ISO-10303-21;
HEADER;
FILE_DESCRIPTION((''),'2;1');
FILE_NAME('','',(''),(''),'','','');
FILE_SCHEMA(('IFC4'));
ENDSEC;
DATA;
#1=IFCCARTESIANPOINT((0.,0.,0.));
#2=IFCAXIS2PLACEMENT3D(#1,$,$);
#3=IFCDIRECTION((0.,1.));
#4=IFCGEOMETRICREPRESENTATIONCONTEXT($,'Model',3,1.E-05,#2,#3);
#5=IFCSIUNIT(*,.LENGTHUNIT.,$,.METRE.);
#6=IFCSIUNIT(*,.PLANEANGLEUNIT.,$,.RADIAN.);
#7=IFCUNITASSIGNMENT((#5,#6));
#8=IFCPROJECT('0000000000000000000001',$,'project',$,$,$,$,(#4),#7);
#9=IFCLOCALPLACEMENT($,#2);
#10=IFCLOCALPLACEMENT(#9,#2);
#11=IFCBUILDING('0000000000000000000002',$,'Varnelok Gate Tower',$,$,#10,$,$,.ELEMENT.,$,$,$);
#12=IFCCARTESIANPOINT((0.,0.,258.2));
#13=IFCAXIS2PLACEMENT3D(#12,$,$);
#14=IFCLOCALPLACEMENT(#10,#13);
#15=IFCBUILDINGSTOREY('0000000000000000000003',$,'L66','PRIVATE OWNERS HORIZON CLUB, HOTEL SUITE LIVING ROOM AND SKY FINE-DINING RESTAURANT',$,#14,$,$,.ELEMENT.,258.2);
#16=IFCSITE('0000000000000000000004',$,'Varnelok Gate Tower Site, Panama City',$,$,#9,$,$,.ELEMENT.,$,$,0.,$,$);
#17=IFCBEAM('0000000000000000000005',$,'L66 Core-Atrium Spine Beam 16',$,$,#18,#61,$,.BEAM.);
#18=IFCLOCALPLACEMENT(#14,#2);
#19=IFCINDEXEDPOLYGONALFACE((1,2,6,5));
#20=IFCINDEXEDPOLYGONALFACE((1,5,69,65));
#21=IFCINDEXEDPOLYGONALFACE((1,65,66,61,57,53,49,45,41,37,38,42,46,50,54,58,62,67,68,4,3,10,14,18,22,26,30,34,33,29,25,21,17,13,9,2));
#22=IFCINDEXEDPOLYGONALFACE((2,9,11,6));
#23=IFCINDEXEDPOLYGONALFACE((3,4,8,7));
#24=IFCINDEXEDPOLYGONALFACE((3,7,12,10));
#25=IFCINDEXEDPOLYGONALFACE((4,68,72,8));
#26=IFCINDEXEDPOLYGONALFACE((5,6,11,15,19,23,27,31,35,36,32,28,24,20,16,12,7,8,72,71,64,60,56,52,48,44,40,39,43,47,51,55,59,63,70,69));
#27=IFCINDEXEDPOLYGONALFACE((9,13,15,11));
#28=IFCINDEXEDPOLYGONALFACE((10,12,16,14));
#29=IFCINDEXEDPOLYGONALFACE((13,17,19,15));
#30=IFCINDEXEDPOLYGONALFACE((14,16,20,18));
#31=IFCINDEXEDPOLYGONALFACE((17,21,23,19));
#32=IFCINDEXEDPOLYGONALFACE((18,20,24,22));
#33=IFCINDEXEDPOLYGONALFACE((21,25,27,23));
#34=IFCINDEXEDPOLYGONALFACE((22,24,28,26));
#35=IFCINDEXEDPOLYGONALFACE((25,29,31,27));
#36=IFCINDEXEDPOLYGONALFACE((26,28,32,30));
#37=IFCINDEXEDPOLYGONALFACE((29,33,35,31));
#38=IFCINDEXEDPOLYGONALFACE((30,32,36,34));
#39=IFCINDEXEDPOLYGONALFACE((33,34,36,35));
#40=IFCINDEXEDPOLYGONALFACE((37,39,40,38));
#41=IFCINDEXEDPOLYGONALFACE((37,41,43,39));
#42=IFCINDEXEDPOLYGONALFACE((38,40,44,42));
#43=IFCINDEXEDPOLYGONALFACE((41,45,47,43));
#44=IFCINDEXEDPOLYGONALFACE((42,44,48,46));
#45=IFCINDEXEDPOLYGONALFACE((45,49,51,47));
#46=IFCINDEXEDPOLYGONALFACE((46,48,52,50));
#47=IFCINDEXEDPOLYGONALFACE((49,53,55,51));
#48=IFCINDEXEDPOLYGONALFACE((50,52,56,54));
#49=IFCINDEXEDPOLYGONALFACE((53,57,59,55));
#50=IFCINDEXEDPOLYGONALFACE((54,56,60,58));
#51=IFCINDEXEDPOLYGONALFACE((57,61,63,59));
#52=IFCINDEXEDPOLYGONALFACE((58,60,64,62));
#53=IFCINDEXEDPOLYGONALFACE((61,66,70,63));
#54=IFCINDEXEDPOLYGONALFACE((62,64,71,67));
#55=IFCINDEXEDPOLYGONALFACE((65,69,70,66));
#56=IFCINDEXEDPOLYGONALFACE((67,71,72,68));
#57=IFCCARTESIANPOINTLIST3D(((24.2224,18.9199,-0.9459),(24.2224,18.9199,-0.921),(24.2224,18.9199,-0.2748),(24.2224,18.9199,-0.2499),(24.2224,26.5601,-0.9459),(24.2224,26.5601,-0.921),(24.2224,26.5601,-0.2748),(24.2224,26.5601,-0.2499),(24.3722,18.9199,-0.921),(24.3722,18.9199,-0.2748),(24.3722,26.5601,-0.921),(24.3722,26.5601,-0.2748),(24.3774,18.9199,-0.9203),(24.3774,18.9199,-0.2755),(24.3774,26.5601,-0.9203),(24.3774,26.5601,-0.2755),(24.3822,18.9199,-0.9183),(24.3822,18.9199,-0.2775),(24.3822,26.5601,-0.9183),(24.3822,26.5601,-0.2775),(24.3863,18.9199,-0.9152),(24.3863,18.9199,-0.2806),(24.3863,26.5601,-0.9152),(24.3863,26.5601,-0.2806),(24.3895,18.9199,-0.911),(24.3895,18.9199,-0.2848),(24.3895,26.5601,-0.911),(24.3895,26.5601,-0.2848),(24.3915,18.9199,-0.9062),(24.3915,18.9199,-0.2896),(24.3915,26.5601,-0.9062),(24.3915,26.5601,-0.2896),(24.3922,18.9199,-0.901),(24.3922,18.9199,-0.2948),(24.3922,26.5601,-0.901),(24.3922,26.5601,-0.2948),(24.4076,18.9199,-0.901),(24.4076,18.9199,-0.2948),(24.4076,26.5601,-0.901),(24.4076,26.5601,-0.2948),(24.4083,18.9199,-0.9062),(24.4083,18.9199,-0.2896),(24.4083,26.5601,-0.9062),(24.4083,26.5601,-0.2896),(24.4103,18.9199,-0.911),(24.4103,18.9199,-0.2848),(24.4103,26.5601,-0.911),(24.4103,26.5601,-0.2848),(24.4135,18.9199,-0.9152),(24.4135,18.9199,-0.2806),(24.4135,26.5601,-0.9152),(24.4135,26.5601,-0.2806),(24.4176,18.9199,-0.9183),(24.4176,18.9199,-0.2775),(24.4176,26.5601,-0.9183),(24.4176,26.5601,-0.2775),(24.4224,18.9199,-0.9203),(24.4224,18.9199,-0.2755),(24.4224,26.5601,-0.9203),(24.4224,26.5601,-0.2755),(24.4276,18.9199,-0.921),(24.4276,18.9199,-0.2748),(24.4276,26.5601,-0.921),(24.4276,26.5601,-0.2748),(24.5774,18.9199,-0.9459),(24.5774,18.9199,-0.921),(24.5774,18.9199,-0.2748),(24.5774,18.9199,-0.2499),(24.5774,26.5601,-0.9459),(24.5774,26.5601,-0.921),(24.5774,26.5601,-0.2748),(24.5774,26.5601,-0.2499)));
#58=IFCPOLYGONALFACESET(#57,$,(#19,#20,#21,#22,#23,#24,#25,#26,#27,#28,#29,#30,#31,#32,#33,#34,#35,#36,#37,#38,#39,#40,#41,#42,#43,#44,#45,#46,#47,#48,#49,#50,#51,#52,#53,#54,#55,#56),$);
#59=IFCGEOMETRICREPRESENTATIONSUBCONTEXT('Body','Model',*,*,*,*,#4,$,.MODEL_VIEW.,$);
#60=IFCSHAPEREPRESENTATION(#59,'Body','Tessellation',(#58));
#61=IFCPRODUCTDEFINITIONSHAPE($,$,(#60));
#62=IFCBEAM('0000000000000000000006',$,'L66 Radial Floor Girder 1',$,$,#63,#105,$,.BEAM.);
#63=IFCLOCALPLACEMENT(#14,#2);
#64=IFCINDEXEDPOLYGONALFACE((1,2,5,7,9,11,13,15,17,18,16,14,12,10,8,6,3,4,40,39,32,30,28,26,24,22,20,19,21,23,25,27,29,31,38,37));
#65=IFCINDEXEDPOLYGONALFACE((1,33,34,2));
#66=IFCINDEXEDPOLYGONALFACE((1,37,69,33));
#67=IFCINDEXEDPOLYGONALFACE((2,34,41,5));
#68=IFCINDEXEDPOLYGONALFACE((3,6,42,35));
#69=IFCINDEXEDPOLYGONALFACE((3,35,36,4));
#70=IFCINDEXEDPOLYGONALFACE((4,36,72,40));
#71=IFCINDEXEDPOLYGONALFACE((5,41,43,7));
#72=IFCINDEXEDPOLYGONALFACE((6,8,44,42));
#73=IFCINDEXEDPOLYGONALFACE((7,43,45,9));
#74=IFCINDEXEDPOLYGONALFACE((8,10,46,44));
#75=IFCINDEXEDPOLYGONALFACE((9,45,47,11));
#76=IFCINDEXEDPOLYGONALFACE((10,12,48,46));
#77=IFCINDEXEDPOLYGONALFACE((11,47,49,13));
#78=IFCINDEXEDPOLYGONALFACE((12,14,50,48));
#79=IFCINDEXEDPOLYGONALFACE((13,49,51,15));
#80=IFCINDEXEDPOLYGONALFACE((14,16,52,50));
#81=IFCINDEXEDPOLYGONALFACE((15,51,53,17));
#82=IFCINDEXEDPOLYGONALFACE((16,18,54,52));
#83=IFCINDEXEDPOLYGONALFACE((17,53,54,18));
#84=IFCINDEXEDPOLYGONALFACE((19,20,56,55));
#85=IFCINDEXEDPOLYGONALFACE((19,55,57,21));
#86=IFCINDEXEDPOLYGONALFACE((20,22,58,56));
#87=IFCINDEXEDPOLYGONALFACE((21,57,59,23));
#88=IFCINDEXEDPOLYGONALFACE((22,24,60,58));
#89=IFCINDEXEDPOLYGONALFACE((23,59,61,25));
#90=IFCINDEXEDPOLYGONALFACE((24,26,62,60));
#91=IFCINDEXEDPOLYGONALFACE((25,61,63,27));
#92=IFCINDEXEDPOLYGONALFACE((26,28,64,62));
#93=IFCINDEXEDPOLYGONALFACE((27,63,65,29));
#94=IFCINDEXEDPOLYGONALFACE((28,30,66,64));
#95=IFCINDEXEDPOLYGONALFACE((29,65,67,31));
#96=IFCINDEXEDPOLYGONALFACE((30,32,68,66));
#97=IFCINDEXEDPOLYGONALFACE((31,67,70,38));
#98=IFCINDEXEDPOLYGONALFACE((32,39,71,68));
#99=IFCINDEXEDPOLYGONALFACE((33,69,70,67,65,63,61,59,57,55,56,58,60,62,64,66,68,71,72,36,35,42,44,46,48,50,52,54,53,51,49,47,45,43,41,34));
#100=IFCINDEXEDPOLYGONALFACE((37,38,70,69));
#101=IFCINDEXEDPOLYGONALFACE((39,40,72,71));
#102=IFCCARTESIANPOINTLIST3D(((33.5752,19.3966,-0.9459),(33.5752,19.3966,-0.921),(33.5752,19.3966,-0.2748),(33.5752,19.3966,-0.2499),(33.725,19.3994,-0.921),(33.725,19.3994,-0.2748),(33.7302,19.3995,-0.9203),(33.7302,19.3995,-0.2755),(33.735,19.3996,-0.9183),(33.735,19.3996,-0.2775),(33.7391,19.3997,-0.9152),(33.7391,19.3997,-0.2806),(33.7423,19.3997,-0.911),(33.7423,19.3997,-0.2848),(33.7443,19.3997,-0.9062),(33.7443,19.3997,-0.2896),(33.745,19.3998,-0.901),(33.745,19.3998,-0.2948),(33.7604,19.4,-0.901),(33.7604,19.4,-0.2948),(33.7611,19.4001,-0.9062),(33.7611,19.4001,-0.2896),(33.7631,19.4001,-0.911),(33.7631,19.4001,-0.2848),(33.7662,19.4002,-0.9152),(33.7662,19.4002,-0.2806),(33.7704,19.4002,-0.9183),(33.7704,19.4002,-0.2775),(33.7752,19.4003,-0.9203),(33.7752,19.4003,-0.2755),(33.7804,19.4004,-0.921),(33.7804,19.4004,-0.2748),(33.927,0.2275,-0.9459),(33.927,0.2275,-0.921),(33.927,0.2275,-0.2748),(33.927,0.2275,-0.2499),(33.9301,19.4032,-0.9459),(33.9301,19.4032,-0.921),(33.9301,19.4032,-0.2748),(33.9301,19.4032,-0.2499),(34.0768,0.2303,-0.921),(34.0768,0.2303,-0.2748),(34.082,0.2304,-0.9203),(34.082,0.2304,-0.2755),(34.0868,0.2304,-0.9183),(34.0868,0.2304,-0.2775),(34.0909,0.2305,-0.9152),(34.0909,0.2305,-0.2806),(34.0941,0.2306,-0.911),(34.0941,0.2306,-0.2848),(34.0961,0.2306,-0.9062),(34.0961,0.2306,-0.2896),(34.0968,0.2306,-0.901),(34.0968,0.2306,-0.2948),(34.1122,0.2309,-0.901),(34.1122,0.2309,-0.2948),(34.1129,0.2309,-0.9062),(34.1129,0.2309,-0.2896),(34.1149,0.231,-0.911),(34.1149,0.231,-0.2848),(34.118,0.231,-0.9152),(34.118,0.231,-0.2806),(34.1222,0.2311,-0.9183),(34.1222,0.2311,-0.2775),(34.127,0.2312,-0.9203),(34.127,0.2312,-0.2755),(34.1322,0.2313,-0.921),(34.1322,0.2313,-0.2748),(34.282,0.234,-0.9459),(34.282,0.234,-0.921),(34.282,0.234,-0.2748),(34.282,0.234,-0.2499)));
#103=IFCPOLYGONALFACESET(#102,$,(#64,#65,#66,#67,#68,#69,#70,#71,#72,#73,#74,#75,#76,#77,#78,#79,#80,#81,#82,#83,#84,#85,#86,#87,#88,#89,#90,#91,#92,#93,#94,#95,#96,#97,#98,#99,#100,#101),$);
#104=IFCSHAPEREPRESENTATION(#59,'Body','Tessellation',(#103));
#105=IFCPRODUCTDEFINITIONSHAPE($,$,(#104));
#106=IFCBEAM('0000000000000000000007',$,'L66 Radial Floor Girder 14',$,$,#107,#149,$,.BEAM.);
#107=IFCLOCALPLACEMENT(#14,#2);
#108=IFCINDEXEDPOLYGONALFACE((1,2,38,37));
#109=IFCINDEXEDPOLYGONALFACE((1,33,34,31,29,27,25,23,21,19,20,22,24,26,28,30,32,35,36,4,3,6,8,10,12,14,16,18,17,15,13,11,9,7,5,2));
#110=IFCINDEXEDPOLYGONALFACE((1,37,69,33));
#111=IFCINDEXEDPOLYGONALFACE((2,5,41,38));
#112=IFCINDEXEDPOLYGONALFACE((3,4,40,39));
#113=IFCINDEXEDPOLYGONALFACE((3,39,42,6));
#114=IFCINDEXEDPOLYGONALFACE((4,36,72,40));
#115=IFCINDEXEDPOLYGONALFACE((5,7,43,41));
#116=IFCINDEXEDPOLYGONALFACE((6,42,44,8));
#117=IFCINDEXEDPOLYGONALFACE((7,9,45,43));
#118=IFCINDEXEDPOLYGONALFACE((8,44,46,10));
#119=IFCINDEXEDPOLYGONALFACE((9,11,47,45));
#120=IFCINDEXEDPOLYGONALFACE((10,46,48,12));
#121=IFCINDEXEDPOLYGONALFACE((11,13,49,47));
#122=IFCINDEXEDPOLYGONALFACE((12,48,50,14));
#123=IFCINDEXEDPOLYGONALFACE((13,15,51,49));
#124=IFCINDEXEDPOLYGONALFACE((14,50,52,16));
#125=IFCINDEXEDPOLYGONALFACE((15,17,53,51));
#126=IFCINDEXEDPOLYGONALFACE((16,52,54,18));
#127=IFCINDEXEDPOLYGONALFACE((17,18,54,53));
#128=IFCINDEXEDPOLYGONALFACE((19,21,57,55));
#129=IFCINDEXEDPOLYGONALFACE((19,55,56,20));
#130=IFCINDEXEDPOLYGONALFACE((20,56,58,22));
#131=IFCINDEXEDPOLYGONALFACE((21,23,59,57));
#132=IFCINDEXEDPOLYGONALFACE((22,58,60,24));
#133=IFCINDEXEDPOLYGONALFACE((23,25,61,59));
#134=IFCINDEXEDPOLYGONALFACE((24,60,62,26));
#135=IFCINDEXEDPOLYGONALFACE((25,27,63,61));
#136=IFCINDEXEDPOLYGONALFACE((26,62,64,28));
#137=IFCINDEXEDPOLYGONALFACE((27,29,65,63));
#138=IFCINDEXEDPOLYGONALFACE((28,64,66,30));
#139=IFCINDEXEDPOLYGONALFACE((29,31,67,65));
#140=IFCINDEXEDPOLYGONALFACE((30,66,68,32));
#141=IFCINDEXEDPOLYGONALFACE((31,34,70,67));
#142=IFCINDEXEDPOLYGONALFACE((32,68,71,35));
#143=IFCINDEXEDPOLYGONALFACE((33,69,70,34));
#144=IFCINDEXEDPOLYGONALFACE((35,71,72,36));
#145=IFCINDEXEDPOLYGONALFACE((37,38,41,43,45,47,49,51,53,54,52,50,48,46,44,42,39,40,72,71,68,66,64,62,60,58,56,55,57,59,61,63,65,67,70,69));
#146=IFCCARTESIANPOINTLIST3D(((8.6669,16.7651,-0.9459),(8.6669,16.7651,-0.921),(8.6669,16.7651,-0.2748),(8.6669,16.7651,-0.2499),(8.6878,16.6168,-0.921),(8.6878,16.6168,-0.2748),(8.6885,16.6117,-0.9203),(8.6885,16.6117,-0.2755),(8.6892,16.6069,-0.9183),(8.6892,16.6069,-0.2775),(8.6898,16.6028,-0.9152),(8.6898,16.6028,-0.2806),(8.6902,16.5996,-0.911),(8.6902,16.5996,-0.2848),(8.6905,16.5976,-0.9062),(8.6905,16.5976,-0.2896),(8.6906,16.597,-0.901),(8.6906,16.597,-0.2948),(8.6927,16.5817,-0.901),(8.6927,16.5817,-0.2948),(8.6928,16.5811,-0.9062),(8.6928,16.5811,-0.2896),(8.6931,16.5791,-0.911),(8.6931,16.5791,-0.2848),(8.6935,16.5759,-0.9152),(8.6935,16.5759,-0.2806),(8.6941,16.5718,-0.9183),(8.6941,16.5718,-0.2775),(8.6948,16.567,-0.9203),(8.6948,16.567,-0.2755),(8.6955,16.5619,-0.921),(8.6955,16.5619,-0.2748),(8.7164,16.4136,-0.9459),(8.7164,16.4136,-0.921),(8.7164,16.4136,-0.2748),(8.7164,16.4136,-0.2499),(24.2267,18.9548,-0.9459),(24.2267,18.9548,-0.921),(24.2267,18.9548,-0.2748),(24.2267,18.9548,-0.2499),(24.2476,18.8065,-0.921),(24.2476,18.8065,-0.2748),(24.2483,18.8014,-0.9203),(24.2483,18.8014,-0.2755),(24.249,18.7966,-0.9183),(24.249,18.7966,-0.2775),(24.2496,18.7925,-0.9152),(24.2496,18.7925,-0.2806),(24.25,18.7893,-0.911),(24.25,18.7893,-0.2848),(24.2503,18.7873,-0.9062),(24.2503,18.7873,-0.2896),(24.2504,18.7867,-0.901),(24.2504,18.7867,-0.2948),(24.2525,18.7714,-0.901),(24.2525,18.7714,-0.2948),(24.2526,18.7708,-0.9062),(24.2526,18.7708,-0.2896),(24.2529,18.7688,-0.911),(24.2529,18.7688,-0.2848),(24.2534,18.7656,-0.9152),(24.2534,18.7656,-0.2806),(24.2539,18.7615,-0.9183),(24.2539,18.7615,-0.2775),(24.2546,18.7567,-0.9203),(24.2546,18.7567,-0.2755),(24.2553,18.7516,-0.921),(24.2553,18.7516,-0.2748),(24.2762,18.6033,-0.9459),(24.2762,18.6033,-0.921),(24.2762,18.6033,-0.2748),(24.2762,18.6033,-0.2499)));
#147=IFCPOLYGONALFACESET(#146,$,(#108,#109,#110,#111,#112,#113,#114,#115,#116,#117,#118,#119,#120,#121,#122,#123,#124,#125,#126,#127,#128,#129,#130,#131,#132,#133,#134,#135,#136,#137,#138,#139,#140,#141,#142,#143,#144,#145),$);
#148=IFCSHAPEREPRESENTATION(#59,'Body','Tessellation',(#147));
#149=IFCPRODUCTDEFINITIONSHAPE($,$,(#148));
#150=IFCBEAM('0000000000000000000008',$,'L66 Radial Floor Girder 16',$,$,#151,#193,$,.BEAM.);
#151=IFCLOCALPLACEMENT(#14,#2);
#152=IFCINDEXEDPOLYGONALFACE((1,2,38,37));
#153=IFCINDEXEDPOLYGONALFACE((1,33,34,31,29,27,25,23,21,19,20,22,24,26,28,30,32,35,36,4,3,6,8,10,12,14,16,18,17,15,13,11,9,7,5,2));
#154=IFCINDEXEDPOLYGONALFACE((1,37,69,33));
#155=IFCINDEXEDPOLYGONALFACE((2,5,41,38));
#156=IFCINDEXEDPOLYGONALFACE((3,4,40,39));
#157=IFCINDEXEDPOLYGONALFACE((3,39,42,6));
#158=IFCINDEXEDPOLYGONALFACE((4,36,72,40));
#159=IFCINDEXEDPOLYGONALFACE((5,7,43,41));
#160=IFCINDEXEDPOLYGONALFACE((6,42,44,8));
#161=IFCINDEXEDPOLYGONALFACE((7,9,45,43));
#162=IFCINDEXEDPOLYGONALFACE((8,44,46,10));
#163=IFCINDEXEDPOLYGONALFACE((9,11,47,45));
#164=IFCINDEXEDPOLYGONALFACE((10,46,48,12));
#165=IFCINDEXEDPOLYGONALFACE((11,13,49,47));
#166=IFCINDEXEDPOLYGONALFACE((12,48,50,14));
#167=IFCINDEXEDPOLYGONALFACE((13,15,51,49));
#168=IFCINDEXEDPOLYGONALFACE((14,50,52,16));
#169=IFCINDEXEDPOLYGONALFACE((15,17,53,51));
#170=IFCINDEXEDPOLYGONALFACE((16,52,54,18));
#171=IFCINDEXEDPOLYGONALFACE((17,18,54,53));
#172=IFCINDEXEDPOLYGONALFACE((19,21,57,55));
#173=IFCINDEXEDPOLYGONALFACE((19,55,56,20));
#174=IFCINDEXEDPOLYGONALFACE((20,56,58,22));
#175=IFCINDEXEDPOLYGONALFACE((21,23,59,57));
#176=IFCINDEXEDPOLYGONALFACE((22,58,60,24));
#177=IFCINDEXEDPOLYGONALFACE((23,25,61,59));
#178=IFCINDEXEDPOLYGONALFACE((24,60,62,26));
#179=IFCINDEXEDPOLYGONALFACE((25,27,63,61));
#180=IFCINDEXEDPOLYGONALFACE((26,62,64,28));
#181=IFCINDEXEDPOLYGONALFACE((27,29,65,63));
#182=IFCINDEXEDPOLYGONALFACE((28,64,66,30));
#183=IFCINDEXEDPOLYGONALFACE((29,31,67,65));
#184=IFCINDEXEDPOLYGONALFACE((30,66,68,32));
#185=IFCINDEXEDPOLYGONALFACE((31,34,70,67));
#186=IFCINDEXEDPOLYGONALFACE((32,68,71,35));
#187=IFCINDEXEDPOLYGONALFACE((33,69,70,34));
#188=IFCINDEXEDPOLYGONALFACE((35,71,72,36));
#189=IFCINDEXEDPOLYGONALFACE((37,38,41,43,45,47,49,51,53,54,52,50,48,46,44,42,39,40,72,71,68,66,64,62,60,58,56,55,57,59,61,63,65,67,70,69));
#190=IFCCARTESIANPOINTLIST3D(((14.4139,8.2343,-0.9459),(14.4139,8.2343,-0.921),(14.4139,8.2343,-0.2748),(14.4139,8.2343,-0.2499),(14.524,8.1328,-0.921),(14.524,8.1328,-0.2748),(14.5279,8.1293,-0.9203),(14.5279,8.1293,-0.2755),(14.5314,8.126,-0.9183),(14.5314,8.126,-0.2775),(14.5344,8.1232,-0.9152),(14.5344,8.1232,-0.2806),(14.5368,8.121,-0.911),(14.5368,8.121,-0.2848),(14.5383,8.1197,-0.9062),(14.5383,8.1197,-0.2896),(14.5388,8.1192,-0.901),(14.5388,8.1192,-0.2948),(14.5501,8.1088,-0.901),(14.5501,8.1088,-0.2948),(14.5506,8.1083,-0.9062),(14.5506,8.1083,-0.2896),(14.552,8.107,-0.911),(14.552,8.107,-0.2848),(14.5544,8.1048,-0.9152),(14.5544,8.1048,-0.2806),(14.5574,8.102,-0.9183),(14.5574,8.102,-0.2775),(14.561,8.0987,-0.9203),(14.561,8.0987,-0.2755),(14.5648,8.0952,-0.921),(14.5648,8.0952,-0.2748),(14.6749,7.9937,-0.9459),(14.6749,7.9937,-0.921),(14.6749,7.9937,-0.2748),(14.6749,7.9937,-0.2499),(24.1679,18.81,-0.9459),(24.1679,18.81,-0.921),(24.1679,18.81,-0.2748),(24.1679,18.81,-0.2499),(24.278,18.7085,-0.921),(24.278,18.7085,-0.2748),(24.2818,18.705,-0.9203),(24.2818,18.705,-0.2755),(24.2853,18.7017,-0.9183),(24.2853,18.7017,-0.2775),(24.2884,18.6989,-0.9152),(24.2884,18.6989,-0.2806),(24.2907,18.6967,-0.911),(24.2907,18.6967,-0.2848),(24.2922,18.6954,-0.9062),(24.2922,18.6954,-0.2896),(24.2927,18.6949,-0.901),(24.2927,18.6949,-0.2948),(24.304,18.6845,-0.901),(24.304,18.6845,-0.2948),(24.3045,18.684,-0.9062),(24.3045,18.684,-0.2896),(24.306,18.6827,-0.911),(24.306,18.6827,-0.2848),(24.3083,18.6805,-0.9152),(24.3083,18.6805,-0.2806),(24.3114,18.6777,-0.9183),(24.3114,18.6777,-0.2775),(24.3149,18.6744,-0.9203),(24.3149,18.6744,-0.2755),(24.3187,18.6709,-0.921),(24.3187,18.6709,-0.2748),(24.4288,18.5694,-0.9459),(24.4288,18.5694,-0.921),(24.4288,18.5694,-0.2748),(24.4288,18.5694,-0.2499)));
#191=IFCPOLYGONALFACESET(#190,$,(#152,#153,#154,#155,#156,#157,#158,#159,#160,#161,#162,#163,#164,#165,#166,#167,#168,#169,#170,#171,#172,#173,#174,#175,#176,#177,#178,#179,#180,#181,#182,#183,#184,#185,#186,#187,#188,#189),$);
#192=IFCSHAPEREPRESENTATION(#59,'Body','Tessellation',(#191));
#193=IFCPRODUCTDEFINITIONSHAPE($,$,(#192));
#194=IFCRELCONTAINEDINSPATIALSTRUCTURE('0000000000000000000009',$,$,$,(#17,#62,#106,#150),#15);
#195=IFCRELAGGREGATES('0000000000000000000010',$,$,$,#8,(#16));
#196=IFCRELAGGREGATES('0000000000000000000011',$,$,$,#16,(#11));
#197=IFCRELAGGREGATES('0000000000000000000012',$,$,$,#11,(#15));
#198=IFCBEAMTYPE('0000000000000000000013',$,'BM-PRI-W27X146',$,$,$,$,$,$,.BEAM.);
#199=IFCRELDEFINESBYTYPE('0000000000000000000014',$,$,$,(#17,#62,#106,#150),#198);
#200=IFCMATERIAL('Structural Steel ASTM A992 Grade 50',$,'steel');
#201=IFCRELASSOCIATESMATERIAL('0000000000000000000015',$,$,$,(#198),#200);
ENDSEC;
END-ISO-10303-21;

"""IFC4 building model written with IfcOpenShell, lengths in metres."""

from ifc_helpers import new_model, si_unit, direction, frame, origin, origin_2d, place, context, subcontext, project, spatial, i_section, extrude, material, material_profile, profile_set, type_object, element, save


model = new_model("IFC4")

# Units and contexts
model_context = context("Model", 3, precision=1e-05, world=origin(), true_north=direction((0.0, 1.0)))
body_context = subcontext(model_context, "Body", "Model", "MODEL_VIEW")
ifc_project = project(units=[si_unit("LENGTHUNIT", "METRE"), si_unit("PLANEANGLEUNIT", "RADIAN")], contexts=[model_context])

# Site, building, storey
site_placement = place(None, origin())
site = spatial("IfcSite", under=ifc_project, at=site_placement, Name="Varnelok Gate Tower Site, Panama City", CompositionType="ELEMENT", RefElevation=0.0)
building_placement = place(site_placement, origin())
building = spatial("IfcBuilding", under=site, at=building_placement, Name="Varnelok Gate Tower", CompositionType="ELEMENT")
storey_placement = place(building_placement, frame((0.0, 0.0, 258.2)))
storey = spatial("IfcBuildingStorey", under=building, at=storey_placement, Name="L66", Description="PRIVATE OWNERS HORIZON CLUB, HOTEL SUITE LIVING ROOM AND SKY FINE-DINING RESTAURANT", CompositionType="ELEMENT", Elevation=258.2)

# Shared definitions
ifc_material_1 = material(Name="Structural Steel ASTM A992 Grade 50", Category="steel")

# Beams
ifc_material_profile_1 = material_profile(ifc_material_1, i_section(OverallWidth=0.355, OverallDepth=0.696, WebThickness=0.0154, FlangeThickness=0.0249, FilletRadius=0.02, at=origin_2d()), Name="W27X146")
ifc_profile_set_1 = profile_set([ifc_material_profile_1], Name="Structural Steel ASTM A992 Grade 50")
beam_type_1 = type_object("IfcBeamType", Name="BM-PRI-W27X146", PredefinedType="BEAM", material=ifc_profile_set_1)
beam_1_placement = place(storey_placement, frame((24.3999, 18.9199, -0.5979), z_axis=(0.0, 1.0, 0.0), x_axis=(-1.0, 0.0, 0.0)))
element("IfcBeam", 1, at=beam_1_placement, inside=storey, type_object=beam_type_1, Name="L66 Core-Atrium Spine Beam 16", PredefinedType="BEAM", context=body_context, shape_type="SweptSolid", body=[
    extrude(i_section(OverallWidth=0.355, OverallDepth=0.696, WebThickness=0.0154, FlangeThickness=0.0249, FilletRadius=0.02, at=origin_2d()), origin(), (0.0, 0.0, 1.0), 7.6401),
])
beam_2_placement = place(storey_placement, frame((33.7527, 19.3999, -0.5979), z_axis=(0.01835, -0.999832, 0.0), x_axis=(0.999832, 0.01835, 0.0)))
element("IfcBeam", 2, at=beam_2_placement, inside=storey, type_object=beam_type_1, Name="L66 Radial Floor Girder 1", PredefinedType="BEAM", context=body_context, shape_type="SweptSolid", body=[
    extrude(i_section(OverallWidth=0.355, OverallDepth=0.696, WebThickness=0.0154, FlangeThickness=0.0249, FilletRadius=0.02, at=origin_2d()), origin(), (0.0, 0.0, 1.0), 19.1724),
])
beam_3_placement = place(storey_placement, frame((24.2515, 18.7791, -0.5979), z_axis=(-0.990243, -0.139355, 0.0), x_axis=(0.139355, -0.990243, 0.0)))
element("IfcBeam", 3, at=beam_3_placement, inside=storey, type_object=beam_type_1, Name="L66 Radial Floor Girder 14", PredefinedType="BEAM", context=body_context, shape_type="SweptSolid", body=[
    extrude(i_section(OverallWidth=0.355, OverallDepth=0.696, WebThickness=0.0154, FlangeThickness=0.0249, FilletRadius=0.02, at=origin_2d()), origin(), (0.0, 0.0, 1.0), 15.7131),
])
beam_4_placement = place(storey_placement, frame((24.2983, 18.6897, -0.5979), z_axis=(-0.67797, -0.73509, 0.0), x_axis=(0.73509, -0.67797, 0.0)))
element("IfcBeam", 4, at=beam_4_placement, inside=storey, type_object=beam_type_1, Name="L66 Radial Floor Girder 16", PredefinedType="BEAM", context=body_context, shape_type="SweptSolid", body=[
    extrude(i_section(OverallWidth=0.355, OverallDepth=0.696, WebThickness=0.0154, FlangeThickness=0.0249, FilletRadius=0.02, at=origin_2d()), origin(), (0.0, 0.0, 1.0), 14.387),
])

save(model, "model.ifc")
